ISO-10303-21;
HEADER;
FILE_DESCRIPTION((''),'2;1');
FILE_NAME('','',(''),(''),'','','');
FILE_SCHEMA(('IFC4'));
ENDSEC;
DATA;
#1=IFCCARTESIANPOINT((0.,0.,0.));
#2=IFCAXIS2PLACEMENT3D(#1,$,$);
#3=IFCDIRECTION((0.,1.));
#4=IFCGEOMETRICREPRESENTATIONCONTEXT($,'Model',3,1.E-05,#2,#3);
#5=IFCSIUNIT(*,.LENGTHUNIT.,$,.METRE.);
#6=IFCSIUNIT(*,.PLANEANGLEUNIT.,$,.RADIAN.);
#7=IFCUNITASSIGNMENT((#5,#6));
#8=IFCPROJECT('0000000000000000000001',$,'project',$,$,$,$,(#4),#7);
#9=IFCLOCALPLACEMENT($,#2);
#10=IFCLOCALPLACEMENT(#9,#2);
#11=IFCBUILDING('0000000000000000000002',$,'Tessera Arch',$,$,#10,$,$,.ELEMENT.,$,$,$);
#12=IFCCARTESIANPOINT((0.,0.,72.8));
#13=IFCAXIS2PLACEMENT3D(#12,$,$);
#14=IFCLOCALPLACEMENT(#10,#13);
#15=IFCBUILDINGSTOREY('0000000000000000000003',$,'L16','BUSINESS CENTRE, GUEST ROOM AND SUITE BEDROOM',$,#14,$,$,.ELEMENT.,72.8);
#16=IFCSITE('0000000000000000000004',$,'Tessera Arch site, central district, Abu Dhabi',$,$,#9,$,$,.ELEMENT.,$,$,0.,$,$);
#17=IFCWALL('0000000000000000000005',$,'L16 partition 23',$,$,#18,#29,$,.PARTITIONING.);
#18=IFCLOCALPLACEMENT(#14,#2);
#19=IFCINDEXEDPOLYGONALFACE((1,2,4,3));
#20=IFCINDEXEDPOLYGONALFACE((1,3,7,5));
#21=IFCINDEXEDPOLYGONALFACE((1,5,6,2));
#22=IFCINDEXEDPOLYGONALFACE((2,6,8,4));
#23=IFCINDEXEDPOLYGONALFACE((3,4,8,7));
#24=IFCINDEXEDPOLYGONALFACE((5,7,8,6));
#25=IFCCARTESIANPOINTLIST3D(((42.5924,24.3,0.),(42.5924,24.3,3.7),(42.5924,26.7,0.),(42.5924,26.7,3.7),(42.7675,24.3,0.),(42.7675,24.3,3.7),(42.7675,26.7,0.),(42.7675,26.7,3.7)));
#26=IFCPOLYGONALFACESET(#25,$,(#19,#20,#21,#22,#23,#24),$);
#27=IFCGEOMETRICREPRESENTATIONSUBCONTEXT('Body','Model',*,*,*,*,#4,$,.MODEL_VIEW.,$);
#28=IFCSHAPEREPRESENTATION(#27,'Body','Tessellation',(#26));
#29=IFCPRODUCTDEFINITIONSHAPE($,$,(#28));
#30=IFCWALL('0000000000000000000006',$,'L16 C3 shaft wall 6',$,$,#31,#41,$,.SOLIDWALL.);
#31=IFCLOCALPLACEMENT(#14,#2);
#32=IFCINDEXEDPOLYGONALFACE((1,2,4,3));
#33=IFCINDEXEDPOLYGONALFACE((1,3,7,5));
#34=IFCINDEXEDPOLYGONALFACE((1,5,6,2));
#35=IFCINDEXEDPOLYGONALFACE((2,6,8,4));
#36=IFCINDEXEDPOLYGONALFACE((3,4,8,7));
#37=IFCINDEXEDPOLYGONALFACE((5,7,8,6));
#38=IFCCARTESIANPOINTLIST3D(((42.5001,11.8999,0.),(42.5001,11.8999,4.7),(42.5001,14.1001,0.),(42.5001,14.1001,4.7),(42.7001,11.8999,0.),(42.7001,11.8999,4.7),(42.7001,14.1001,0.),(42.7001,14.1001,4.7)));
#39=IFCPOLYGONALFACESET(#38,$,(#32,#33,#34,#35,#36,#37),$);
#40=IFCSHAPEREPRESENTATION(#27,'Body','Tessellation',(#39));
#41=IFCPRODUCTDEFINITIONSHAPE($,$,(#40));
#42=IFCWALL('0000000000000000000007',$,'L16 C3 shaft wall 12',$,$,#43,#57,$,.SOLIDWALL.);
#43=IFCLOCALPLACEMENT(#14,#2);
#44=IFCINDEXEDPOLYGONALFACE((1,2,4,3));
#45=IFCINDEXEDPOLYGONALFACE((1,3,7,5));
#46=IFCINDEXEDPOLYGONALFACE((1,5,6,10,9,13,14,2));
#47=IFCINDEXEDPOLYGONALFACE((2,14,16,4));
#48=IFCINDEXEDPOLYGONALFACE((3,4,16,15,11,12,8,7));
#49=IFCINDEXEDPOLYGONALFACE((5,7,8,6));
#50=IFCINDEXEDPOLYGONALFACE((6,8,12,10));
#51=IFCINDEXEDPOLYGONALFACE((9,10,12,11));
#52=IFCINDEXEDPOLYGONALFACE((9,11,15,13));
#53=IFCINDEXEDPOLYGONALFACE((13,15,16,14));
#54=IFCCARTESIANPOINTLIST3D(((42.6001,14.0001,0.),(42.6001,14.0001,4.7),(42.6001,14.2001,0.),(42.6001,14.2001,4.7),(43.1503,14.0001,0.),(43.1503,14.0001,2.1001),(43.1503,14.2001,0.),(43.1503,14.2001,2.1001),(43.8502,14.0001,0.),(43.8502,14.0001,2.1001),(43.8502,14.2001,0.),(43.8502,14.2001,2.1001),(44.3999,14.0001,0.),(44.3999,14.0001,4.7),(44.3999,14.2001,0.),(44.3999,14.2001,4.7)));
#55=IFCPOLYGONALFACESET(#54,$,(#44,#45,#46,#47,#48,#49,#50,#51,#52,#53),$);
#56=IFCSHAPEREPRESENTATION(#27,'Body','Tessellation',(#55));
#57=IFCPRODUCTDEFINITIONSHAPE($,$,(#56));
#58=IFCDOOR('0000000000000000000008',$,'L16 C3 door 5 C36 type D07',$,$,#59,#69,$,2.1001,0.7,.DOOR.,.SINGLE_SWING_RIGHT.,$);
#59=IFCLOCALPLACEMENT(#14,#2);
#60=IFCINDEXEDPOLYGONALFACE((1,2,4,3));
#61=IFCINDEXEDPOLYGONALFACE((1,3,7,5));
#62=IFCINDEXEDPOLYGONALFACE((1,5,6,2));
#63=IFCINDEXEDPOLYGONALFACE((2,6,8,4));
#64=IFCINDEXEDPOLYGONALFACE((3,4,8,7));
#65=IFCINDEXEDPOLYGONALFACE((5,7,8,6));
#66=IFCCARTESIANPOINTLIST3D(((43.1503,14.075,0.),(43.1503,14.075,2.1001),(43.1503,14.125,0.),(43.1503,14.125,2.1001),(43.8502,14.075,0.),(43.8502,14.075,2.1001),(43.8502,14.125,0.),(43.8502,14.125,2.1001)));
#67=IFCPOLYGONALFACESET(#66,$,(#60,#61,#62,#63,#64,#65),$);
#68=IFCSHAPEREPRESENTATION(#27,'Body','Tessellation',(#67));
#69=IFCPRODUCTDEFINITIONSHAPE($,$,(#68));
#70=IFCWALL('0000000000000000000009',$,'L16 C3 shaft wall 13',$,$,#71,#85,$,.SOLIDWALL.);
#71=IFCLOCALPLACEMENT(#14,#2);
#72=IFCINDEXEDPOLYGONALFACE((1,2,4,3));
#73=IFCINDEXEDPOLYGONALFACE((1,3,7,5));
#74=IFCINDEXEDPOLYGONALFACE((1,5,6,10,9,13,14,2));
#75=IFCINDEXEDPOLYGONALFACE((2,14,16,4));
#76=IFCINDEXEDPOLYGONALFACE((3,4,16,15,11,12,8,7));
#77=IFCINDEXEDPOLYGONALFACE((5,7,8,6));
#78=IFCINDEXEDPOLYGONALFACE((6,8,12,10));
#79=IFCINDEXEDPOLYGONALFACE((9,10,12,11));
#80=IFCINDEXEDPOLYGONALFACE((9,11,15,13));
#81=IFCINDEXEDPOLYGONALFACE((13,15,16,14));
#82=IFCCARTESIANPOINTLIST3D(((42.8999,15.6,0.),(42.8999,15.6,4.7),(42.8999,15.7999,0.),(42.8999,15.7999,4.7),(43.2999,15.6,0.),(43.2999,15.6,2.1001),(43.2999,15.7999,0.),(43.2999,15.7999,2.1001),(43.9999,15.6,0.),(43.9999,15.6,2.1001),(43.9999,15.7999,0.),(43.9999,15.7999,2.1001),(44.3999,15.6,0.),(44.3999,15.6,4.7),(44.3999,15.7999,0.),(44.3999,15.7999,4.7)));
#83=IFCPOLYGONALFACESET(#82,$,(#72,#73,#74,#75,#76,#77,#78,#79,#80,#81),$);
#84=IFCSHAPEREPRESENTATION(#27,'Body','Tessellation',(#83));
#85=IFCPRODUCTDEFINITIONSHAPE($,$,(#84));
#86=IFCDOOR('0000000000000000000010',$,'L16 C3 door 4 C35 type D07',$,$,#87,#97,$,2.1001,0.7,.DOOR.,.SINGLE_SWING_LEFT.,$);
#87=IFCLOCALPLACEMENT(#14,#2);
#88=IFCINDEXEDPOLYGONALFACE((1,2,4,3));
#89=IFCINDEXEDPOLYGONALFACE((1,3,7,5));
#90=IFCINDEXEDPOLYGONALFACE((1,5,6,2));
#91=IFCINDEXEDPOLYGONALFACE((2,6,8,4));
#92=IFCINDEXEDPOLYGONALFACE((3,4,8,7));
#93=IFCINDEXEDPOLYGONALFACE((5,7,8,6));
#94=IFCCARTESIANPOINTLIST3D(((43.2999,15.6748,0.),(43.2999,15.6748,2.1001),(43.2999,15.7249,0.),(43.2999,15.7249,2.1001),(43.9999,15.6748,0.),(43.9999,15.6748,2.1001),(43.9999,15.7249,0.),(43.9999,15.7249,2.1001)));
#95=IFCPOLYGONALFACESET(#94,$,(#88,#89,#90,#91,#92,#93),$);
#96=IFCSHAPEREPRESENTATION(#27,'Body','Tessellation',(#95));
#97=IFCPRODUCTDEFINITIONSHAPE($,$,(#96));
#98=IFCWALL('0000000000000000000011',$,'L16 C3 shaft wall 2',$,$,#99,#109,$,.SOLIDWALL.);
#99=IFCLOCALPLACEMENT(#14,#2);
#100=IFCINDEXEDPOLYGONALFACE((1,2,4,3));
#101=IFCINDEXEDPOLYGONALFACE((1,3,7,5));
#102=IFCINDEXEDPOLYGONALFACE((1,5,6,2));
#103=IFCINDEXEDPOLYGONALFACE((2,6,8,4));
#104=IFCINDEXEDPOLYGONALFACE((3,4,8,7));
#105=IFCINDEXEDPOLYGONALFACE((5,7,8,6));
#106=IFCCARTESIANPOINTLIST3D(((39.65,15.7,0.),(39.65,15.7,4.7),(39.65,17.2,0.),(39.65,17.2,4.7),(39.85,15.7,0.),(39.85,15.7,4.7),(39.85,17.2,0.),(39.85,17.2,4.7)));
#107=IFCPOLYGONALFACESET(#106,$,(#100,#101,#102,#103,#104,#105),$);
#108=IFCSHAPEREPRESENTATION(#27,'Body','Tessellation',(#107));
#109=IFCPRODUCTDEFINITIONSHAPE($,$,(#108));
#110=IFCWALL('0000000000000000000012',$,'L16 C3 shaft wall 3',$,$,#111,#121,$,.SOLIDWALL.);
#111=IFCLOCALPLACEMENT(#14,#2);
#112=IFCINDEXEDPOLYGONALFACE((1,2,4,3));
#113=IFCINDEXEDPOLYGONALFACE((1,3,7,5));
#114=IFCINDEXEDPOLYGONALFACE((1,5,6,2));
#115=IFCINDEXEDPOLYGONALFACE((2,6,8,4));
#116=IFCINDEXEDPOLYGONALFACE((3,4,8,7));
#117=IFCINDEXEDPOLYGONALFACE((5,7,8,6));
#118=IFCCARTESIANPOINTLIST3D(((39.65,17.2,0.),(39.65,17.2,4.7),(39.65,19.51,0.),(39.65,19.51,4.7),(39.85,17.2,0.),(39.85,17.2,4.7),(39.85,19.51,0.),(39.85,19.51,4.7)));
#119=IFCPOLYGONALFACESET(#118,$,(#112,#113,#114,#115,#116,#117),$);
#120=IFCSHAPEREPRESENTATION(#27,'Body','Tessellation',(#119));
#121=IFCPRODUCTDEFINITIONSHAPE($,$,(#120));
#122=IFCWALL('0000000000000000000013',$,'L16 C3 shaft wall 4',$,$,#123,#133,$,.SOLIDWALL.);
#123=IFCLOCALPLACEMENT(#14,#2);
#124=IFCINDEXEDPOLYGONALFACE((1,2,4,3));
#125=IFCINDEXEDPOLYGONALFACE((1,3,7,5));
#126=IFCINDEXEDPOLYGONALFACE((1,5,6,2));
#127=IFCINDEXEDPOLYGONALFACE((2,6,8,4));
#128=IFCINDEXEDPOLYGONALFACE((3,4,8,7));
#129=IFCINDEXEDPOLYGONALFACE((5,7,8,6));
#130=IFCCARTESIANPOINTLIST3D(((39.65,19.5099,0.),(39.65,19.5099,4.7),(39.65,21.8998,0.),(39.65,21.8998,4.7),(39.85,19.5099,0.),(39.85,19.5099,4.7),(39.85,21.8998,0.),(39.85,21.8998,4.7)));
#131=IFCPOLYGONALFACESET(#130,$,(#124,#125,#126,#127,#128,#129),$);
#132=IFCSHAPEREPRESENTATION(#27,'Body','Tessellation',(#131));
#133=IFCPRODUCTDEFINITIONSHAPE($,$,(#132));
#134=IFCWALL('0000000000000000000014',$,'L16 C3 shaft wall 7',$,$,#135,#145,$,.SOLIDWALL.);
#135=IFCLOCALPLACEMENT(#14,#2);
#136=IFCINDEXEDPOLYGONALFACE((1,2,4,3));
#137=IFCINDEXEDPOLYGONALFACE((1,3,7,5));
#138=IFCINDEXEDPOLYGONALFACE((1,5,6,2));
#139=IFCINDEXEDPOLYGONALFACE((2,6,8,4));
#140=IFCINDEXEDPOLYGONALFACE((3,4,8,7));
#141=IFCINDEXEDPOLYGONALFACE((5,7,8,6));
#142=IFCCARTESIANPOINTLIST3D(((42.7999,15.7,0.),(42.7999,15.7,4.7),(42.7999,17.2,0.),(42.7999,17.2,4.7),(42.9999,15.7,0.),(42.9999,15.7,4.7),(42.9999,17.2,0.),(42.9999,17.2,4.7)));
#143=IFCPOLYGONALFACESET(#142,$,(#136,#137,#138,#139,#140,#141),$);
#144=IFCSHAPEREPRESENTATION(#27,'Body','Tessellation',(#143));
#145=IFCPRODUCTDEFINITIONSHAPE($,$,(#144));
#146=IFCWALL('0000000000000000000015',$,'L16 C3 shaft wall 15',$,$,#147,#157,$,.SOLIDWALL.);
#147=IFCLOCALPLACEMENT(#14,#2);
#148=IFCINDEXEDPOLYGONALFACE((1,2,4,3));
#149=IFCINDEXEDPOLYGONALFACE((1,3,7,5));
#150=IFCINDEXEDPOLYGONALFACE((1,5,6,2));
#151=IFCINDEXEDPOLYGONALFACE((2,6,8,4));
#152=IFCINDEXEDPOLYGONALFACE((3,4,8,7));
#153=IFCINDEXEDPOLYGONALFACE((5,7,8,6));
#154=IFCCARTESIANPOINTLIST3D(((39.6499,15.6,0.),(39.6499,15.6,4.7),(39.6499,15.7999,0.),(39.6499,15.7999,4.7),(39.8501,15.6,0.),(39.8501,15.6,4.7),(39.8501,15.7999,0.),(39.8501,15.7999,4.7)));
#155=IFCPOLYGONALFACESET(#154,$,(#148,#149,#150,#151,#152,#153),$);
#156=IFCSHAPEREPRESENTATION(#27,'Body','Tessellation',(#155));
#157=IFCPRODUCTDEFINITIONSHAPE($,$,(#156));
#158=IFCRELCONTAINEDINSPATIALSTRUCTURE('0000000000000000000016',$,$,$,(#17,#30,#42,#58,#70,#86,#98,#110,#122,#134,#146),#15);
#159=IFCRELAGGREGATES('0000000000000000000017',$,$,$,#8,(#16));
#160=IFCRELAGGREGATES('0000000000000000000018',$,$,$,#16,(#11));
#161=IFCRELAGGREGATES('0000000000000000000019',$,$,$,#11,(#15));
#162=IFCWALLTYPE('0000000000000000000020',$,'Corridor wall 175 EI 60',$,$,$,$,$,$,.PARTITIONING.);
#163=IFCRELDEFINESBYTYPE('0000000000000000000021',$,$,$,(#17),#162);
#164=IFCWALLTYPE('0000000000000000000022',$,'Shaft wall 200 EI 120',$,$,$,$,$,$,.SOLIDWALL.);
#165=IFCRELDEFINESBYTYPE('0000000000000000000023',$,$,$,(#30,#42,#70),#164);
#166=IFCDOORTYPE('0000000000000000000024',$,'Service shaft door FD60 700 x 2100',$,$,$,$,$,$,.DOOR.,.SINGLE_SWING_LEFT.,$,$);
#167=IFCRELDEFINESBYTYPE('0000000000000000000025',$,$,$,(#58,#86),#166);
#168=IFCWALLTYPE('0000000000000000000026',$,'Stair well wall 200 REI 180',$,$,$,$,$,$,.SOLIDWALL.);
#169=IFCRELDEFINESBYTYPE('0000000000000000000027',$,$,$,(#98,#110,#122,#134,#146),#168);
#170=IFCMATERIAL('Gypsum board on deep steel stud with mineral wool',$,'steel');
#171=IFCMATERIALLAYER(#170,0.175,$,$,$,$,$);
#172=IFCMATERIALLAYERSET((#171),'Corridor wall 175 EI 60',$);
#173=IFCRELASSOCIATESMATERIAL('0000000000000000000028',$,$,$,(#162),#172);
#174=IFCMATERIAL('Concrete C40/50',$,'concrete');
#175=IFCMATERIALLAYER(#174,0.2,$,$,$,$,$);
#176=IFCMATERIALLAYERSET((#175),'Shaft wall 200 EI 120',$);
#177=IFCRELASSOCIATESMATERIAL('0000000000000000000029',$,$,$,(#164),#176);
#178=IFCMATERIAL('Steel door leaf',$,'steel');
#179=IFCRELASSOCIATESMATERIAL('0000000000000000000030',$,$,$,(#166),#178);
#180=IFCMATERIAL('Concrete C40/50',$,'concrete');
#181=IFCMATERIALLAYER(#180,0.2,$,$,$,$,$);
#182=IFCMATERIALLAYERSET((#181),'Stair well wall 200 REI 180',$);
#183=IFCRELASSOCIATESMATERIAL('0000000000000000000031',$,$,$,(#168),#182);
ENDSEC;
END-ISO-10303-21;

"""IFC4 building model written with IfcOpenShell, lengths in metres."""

from ifc_helpers import new_model, si_unit, direction, frame, frame_2d, origin, place, context, subcontext, project, spatial, rectangle, extrude, material, layer, layer_set, type_object, element, fill, save


model = new_model("IFC4")

# Units and contexts
model_context = context("Model", 3, precision=1e-05, world=origin(), true_north=direction((0.0, 1.0)))
body_context = subcontext(model_context, "Body", "Model", "MODEL_VIEW")
ifc_project = project(units=[si_unit("LENGTHUNIT", "METRE"), si_unit("PLANEANGLEUNIT", "RADIAN")], contexts=[model_context])

# Site, building, storey
site_placement = place(None, origin())
site = spatial("IfcSite", under=ifc_project, at=site_placement, Name="Tessera Arch site, central district, Abu Dhabi", CompositionType="ELEMENT", RefElevation=0.0)
building_placement = place(site_placement, origin())
building = spatial("IfcBuilding", under=site, at=building_placement, Name="Tessera Arch", CompositionType="ELEMENT")
storey_placement = place(building_placement, frame((0.0, 0.0, 72.8)))
storey = spatial("IfcBuildingStorey", under=building, at=storey_placement, Name="L16", Description="BUSINESS CENTRE, GUEST ROOM AND SUITE BEDROOM", CompositionType="ELEMENT", Elevation=72.8)

# Walls
ifc_material_1 = material(Name="Gypsum board on deep steel stud with mineral wool", Category="steel")
ifc_layer_1 = layer(ifc_material_1, 0.175)
ifc_layer_set_1 = layer_set([ifc_layer_1], Name="Corridor wall 175 EI 60")
wall_type_1 = type_object("IfcWallType", Name="Corridor wall 175 EI 60", PredefinedType="PARTITIONING", material=ifc_layer_set_1)
wall_1_placement = place(storey_placement, frame((42.6799, 24.3, 0.0), z_axis=(0.0, 0.0, 1.0), x_axis=(0.0, 1.0, 0.0)))
element("IfcWall", 1, at=wall_1_placement, inside=storey, type_object=wall_type_1, Name="L16 partition 23", PredefinedType="PARTITIONING", context=body_context, shape_type="SweptSolid", body=[
    extrude(rectangle(XDim=2.3999, YDim=0.175, at=frame_2d((1.2, 0.0))), origin(), (0.0, 0.0, 1.0), 3.7),
])
ifc_material_2 = material(Name="Concrete C40/50", Category="concrete")
ifc_layer_2 = layer(ifc_material_2, 0.2)
ifc_layer_set_2 = layer_set([ifc_layer_2], Name="Shaft wall 200 EI 120")
wall_type_2 = type_object("IfcWallType", Name="Shaft wall 200 EI 120", PredefinedType="SOLIDWALL", material=ifc_layer_set_2)
wall_2_placement = place(storey_placement, frame((42.6001, 11.8999, 0.0), z_axis=(0.0, 0.0, 1.0), x_axis=(0.0, 1.0, 0.0)))
element("IfcWall", 2, at=wall_2_placement, inside=storey, type_object=wall_type_2, Name="L16 C3 shaft wall 6", PredefinedType="SOLIDWALL", context=body_context, shape_type="SweptSolid", body=[
    extrude(rectangle(XDim=2.2002, YDim=0.2, at=frame_2d((1.1001, 0.0))), origin(), (0.0, 0.0, 1.0), 4.7),
])

# Walls, openings, doors
wall_3_placement = place(storey_placement, frame((42.6001, 14.1001, 0.0), z_axis=(0.0, 0.0, 1.0), x_axis=(1.0, 0.0, 0.0)))
wall_3 = element("IfcWall", 3, at=wall_3_placement, inside=storey, type_object=wall_type_2, Name="L16 C3 shaft wall 12", PredefinedType="SOLIDWALL", context=body_context, shape_type="SweptSolid", body=[
    extrude(rectangle(XDim=1.7998, YDim=0.2, at=frame_2d((0.8999, 0.0))), origin(), (0.0, 0.0, 1.0), 4.7),
])
opening_1_placement = place(wall_3_placement, frame((0.55, 0.0, 0.0)))
opening_1 = element("IfcOpeningElement", 4, at=opening_1_placement, cuts=wall_3, PredefinedType="OPENING", context=body_context, shape_type="SweptSolid", body=[
    extrude(rectangle(XDim=0.7, YDim=2.1001, at=frame_2d((0.3501, 1.05))), frame((0.0, 0.1099, 0.0), z_axis=(0.0, -1.0, 0.0), x_axis=(1.0, 0.0, 0.0)), (0.0, 0.0, 1.0), 0.22),
])
ifc_material_3 = material(Name="Steel door leaf", Category="steel")
door_type_1 = type_object("IfcDoorType", Name="Service shaft door FD60 700 x 2100", OperationType="SINGLE_SWING_LEFT", PredefinedType="DOOR", material=ifc_material_3)
door_1_placement = place(opening_1_placement, origin())
door_1 = element("IfcDoor", 5, at=door_1_placement, inside=storey, type_object=door_type_1, Name="L16 C3 door 5 C36 type D07", OperationType="SINGLE_SWING_RIGHT", OverallHeight=2.1001, OverallWidth=0.7, PredefinedType="DOOR", context=body_context, shape_type="SweptSolid", body=[
    extrude(rectangle(XDim=0.7, YDim=2.1001, at=frame_2d((0.3501, 1.05))), frame((0.0, 0.0249, 0.0), z_axis=(0.0, -1.0, 0.0), x_axis=(1.0, 0.0, 0.0)), (0.0, 0.0, 1.0), 0.05),
])
fill(opening_1, door_1)
wall_4_placement = place(storey_placement, frame((42.8999, 15.7, 0.0), z_axis=(0.0, 0.0, 1.0), x_axis=(1.0, 0.0, 0.0)))
wall_4 = element("IfcWall", 6, at=wall_4_placement, inside=storey, type_object=wall_type_2, Name="L16 C3 shaft wall 13", PredefinedType="SOLIDWALL", context=body_context, shape_type="SweptSolid", body=[
    extrude(rectangle(XDim=1.5, YDim=0.2, at=frame_2d((0.75, 0.0))), origin(), (0.0, 0.0, 1.0), 4.7),
])
opening_2_placement = place(wall_4_placement, frame((0.3999, 0.0, 0.0)))
opening_2 = element("IfcOpeningElement", 7, at=opening_2_placement, cuts=wall_4, PredefinedType="OPENING", context=body_context, shape_type="SweptSolid", body=[
    extrude(rectangle(XDim=0.7, YDim=2.1001, at=frame_2d((0.3501, 1.05))), frame((0.0, 0.1099, 0.0), z_axis=(0.0, -1.0, 0.0), x_axis=(1.0, 0.0, 0.0)), (0.0, 0.0, 1.0), 0.22),
])
door_2_placement = place(opening_2_placement, origin())
door_2 = element("IfcDoor", 8, at=door_2_placement, inside=storey, type_object=door_type_1, Name="L16 C3 door 4 C35 type D07", OperationType="SINGLE_SWING_LEFT", OverallHeight=2.1001, OverallWidth=0.7, PredefinedType="DOOR", context=body_context, shape_type="SweptSolid", body=[
    extrude(rectangle(XDim=0.7, YDim=2.1001, at=frame_2d((0.3501, 1.05))), frame((0.0, 0.0249, 0.0), z_axis=(0.0, -1.0, 0.0), x_axis=(1.0, 0.0, 0.0)), (0.0, 0.0, 1.0), 0.05),
])
fill(opening_2, door_2)

# Walls
ifc_material_4 = material(Name="Concrete C40/50", Category="concrete")
ifc_layer_3 = layer(ifc_material_4, 0.2)
ifc_layer_set_3 = layer_set([ifc_layer_3], Name="Stair well wall 200 REI 180")
wall_type_3 = type_object("IfcWallType", Name="Stair well wall 200 REI 180", PredefinedType="SOLIDWALL", material=ifc_layer_set_3)
wall_5_placement = place(storey_placement, frame((39.75, 15.7, 0.0), z_axis=(0.0, 0.0, 1.0), x_axis=(0.0, 1.0, 0.0)))
element("IfcWall", 9, at=wall_5_placement, inside=storey, type_object=wall_type_3, Name="L16 C3 shaft wall 2", PredefinedType="SOLIDWALL", context=body_context, shape_type="SweptSolid", body=[
    extrude(rectangle(XDim=1.5, YDim=0.2, at=frame_2d((0.75, 0.0))), origin(), (0.0, 0.0, 1.0), 4.7),
])
wall_6_placement = place(storey_placement, frame((39.75, 17.2, 0.0), z_axis=(0.0, 0.0, 1.0), x_axis=(0.0, 1.0, 0.0)))
element("IfcWall", 10, at=wall_6_placement, inside=storey, type_object=wall_type_3, Name="L16 C3 shaft wall 3", PredefinedType="SOLIDWALL", context=body_context, shape_type="SweptSolid", body=[
    extrude(rectangle(XDim=2.3101, YDim=0.2, at=frame_2d((1.155, 0.0))), origin(), (0.0, 0.0, 1.0), 4.7),
])
wall_7_placement = place(storey_placement, frame((39.75, 19.51, 0.0), z_axis=(0.0, 0.0, 1.0), x_axis=(0.0, 1.0, 0.0)))
element("IfcWall", 11, at=wall_7_placement, inside=storey, type_object=wall_type_3, Name="L16 C3 shaft wall 4", PredefinedType="SOLIDWALL", context=body_context, shape_type="SweptSolid", body=[
    extrude(rectangle(XDim=2.3899, YDim=0.2, at=frame_2d((1.1948, 0.0))), origin(), (0.0, 0.0, 1.0), 4.7),
])
wall_8_placement = place(storey_placement, frame((42.8999, 15.7, 0.0), z_axis=(0.0, 0.0, 1.0), x_axis=(0.0, 1.0, 0.0)))
element("IfcWall", 12, at=wall_8_placement, inside=storey, type_object=wall_type_3, Name="L16 C3 shaft wall 7", PredefinedType="SOLIDWALL", context=body_context, shape_type="SweptSolid", body=[
    extrude(rectangle(XDim=1.5, YDim=0.2, at=frame_2d((0.75, 0.0))), origin(), (0.0, 0.0, 1.0), 4.7),
])
wall_9_placement = place(storey_placement, frame((39.6499, 15.7, 0.0), z_axis=(0.0, 0.0, 1.0), x_axis=(1.0, 0.0, 0.0)))
element("IfcWall", 13, at=wall_9_placement, inside=storey, type_object=wall_type_3, Name="L16 C3 shaft wall 15", PredefinedType="SOLIDWALL", context=body_context, shape_type="SweptSolid", body=[
    extrude(rectangle(XDim=0.2002, YDim=0.2, at=frame_2d((0.1001, 0.0))), origin(), (0.0, 0.0, 1.0), 4.7),
])

save(model, "model.ifc")
